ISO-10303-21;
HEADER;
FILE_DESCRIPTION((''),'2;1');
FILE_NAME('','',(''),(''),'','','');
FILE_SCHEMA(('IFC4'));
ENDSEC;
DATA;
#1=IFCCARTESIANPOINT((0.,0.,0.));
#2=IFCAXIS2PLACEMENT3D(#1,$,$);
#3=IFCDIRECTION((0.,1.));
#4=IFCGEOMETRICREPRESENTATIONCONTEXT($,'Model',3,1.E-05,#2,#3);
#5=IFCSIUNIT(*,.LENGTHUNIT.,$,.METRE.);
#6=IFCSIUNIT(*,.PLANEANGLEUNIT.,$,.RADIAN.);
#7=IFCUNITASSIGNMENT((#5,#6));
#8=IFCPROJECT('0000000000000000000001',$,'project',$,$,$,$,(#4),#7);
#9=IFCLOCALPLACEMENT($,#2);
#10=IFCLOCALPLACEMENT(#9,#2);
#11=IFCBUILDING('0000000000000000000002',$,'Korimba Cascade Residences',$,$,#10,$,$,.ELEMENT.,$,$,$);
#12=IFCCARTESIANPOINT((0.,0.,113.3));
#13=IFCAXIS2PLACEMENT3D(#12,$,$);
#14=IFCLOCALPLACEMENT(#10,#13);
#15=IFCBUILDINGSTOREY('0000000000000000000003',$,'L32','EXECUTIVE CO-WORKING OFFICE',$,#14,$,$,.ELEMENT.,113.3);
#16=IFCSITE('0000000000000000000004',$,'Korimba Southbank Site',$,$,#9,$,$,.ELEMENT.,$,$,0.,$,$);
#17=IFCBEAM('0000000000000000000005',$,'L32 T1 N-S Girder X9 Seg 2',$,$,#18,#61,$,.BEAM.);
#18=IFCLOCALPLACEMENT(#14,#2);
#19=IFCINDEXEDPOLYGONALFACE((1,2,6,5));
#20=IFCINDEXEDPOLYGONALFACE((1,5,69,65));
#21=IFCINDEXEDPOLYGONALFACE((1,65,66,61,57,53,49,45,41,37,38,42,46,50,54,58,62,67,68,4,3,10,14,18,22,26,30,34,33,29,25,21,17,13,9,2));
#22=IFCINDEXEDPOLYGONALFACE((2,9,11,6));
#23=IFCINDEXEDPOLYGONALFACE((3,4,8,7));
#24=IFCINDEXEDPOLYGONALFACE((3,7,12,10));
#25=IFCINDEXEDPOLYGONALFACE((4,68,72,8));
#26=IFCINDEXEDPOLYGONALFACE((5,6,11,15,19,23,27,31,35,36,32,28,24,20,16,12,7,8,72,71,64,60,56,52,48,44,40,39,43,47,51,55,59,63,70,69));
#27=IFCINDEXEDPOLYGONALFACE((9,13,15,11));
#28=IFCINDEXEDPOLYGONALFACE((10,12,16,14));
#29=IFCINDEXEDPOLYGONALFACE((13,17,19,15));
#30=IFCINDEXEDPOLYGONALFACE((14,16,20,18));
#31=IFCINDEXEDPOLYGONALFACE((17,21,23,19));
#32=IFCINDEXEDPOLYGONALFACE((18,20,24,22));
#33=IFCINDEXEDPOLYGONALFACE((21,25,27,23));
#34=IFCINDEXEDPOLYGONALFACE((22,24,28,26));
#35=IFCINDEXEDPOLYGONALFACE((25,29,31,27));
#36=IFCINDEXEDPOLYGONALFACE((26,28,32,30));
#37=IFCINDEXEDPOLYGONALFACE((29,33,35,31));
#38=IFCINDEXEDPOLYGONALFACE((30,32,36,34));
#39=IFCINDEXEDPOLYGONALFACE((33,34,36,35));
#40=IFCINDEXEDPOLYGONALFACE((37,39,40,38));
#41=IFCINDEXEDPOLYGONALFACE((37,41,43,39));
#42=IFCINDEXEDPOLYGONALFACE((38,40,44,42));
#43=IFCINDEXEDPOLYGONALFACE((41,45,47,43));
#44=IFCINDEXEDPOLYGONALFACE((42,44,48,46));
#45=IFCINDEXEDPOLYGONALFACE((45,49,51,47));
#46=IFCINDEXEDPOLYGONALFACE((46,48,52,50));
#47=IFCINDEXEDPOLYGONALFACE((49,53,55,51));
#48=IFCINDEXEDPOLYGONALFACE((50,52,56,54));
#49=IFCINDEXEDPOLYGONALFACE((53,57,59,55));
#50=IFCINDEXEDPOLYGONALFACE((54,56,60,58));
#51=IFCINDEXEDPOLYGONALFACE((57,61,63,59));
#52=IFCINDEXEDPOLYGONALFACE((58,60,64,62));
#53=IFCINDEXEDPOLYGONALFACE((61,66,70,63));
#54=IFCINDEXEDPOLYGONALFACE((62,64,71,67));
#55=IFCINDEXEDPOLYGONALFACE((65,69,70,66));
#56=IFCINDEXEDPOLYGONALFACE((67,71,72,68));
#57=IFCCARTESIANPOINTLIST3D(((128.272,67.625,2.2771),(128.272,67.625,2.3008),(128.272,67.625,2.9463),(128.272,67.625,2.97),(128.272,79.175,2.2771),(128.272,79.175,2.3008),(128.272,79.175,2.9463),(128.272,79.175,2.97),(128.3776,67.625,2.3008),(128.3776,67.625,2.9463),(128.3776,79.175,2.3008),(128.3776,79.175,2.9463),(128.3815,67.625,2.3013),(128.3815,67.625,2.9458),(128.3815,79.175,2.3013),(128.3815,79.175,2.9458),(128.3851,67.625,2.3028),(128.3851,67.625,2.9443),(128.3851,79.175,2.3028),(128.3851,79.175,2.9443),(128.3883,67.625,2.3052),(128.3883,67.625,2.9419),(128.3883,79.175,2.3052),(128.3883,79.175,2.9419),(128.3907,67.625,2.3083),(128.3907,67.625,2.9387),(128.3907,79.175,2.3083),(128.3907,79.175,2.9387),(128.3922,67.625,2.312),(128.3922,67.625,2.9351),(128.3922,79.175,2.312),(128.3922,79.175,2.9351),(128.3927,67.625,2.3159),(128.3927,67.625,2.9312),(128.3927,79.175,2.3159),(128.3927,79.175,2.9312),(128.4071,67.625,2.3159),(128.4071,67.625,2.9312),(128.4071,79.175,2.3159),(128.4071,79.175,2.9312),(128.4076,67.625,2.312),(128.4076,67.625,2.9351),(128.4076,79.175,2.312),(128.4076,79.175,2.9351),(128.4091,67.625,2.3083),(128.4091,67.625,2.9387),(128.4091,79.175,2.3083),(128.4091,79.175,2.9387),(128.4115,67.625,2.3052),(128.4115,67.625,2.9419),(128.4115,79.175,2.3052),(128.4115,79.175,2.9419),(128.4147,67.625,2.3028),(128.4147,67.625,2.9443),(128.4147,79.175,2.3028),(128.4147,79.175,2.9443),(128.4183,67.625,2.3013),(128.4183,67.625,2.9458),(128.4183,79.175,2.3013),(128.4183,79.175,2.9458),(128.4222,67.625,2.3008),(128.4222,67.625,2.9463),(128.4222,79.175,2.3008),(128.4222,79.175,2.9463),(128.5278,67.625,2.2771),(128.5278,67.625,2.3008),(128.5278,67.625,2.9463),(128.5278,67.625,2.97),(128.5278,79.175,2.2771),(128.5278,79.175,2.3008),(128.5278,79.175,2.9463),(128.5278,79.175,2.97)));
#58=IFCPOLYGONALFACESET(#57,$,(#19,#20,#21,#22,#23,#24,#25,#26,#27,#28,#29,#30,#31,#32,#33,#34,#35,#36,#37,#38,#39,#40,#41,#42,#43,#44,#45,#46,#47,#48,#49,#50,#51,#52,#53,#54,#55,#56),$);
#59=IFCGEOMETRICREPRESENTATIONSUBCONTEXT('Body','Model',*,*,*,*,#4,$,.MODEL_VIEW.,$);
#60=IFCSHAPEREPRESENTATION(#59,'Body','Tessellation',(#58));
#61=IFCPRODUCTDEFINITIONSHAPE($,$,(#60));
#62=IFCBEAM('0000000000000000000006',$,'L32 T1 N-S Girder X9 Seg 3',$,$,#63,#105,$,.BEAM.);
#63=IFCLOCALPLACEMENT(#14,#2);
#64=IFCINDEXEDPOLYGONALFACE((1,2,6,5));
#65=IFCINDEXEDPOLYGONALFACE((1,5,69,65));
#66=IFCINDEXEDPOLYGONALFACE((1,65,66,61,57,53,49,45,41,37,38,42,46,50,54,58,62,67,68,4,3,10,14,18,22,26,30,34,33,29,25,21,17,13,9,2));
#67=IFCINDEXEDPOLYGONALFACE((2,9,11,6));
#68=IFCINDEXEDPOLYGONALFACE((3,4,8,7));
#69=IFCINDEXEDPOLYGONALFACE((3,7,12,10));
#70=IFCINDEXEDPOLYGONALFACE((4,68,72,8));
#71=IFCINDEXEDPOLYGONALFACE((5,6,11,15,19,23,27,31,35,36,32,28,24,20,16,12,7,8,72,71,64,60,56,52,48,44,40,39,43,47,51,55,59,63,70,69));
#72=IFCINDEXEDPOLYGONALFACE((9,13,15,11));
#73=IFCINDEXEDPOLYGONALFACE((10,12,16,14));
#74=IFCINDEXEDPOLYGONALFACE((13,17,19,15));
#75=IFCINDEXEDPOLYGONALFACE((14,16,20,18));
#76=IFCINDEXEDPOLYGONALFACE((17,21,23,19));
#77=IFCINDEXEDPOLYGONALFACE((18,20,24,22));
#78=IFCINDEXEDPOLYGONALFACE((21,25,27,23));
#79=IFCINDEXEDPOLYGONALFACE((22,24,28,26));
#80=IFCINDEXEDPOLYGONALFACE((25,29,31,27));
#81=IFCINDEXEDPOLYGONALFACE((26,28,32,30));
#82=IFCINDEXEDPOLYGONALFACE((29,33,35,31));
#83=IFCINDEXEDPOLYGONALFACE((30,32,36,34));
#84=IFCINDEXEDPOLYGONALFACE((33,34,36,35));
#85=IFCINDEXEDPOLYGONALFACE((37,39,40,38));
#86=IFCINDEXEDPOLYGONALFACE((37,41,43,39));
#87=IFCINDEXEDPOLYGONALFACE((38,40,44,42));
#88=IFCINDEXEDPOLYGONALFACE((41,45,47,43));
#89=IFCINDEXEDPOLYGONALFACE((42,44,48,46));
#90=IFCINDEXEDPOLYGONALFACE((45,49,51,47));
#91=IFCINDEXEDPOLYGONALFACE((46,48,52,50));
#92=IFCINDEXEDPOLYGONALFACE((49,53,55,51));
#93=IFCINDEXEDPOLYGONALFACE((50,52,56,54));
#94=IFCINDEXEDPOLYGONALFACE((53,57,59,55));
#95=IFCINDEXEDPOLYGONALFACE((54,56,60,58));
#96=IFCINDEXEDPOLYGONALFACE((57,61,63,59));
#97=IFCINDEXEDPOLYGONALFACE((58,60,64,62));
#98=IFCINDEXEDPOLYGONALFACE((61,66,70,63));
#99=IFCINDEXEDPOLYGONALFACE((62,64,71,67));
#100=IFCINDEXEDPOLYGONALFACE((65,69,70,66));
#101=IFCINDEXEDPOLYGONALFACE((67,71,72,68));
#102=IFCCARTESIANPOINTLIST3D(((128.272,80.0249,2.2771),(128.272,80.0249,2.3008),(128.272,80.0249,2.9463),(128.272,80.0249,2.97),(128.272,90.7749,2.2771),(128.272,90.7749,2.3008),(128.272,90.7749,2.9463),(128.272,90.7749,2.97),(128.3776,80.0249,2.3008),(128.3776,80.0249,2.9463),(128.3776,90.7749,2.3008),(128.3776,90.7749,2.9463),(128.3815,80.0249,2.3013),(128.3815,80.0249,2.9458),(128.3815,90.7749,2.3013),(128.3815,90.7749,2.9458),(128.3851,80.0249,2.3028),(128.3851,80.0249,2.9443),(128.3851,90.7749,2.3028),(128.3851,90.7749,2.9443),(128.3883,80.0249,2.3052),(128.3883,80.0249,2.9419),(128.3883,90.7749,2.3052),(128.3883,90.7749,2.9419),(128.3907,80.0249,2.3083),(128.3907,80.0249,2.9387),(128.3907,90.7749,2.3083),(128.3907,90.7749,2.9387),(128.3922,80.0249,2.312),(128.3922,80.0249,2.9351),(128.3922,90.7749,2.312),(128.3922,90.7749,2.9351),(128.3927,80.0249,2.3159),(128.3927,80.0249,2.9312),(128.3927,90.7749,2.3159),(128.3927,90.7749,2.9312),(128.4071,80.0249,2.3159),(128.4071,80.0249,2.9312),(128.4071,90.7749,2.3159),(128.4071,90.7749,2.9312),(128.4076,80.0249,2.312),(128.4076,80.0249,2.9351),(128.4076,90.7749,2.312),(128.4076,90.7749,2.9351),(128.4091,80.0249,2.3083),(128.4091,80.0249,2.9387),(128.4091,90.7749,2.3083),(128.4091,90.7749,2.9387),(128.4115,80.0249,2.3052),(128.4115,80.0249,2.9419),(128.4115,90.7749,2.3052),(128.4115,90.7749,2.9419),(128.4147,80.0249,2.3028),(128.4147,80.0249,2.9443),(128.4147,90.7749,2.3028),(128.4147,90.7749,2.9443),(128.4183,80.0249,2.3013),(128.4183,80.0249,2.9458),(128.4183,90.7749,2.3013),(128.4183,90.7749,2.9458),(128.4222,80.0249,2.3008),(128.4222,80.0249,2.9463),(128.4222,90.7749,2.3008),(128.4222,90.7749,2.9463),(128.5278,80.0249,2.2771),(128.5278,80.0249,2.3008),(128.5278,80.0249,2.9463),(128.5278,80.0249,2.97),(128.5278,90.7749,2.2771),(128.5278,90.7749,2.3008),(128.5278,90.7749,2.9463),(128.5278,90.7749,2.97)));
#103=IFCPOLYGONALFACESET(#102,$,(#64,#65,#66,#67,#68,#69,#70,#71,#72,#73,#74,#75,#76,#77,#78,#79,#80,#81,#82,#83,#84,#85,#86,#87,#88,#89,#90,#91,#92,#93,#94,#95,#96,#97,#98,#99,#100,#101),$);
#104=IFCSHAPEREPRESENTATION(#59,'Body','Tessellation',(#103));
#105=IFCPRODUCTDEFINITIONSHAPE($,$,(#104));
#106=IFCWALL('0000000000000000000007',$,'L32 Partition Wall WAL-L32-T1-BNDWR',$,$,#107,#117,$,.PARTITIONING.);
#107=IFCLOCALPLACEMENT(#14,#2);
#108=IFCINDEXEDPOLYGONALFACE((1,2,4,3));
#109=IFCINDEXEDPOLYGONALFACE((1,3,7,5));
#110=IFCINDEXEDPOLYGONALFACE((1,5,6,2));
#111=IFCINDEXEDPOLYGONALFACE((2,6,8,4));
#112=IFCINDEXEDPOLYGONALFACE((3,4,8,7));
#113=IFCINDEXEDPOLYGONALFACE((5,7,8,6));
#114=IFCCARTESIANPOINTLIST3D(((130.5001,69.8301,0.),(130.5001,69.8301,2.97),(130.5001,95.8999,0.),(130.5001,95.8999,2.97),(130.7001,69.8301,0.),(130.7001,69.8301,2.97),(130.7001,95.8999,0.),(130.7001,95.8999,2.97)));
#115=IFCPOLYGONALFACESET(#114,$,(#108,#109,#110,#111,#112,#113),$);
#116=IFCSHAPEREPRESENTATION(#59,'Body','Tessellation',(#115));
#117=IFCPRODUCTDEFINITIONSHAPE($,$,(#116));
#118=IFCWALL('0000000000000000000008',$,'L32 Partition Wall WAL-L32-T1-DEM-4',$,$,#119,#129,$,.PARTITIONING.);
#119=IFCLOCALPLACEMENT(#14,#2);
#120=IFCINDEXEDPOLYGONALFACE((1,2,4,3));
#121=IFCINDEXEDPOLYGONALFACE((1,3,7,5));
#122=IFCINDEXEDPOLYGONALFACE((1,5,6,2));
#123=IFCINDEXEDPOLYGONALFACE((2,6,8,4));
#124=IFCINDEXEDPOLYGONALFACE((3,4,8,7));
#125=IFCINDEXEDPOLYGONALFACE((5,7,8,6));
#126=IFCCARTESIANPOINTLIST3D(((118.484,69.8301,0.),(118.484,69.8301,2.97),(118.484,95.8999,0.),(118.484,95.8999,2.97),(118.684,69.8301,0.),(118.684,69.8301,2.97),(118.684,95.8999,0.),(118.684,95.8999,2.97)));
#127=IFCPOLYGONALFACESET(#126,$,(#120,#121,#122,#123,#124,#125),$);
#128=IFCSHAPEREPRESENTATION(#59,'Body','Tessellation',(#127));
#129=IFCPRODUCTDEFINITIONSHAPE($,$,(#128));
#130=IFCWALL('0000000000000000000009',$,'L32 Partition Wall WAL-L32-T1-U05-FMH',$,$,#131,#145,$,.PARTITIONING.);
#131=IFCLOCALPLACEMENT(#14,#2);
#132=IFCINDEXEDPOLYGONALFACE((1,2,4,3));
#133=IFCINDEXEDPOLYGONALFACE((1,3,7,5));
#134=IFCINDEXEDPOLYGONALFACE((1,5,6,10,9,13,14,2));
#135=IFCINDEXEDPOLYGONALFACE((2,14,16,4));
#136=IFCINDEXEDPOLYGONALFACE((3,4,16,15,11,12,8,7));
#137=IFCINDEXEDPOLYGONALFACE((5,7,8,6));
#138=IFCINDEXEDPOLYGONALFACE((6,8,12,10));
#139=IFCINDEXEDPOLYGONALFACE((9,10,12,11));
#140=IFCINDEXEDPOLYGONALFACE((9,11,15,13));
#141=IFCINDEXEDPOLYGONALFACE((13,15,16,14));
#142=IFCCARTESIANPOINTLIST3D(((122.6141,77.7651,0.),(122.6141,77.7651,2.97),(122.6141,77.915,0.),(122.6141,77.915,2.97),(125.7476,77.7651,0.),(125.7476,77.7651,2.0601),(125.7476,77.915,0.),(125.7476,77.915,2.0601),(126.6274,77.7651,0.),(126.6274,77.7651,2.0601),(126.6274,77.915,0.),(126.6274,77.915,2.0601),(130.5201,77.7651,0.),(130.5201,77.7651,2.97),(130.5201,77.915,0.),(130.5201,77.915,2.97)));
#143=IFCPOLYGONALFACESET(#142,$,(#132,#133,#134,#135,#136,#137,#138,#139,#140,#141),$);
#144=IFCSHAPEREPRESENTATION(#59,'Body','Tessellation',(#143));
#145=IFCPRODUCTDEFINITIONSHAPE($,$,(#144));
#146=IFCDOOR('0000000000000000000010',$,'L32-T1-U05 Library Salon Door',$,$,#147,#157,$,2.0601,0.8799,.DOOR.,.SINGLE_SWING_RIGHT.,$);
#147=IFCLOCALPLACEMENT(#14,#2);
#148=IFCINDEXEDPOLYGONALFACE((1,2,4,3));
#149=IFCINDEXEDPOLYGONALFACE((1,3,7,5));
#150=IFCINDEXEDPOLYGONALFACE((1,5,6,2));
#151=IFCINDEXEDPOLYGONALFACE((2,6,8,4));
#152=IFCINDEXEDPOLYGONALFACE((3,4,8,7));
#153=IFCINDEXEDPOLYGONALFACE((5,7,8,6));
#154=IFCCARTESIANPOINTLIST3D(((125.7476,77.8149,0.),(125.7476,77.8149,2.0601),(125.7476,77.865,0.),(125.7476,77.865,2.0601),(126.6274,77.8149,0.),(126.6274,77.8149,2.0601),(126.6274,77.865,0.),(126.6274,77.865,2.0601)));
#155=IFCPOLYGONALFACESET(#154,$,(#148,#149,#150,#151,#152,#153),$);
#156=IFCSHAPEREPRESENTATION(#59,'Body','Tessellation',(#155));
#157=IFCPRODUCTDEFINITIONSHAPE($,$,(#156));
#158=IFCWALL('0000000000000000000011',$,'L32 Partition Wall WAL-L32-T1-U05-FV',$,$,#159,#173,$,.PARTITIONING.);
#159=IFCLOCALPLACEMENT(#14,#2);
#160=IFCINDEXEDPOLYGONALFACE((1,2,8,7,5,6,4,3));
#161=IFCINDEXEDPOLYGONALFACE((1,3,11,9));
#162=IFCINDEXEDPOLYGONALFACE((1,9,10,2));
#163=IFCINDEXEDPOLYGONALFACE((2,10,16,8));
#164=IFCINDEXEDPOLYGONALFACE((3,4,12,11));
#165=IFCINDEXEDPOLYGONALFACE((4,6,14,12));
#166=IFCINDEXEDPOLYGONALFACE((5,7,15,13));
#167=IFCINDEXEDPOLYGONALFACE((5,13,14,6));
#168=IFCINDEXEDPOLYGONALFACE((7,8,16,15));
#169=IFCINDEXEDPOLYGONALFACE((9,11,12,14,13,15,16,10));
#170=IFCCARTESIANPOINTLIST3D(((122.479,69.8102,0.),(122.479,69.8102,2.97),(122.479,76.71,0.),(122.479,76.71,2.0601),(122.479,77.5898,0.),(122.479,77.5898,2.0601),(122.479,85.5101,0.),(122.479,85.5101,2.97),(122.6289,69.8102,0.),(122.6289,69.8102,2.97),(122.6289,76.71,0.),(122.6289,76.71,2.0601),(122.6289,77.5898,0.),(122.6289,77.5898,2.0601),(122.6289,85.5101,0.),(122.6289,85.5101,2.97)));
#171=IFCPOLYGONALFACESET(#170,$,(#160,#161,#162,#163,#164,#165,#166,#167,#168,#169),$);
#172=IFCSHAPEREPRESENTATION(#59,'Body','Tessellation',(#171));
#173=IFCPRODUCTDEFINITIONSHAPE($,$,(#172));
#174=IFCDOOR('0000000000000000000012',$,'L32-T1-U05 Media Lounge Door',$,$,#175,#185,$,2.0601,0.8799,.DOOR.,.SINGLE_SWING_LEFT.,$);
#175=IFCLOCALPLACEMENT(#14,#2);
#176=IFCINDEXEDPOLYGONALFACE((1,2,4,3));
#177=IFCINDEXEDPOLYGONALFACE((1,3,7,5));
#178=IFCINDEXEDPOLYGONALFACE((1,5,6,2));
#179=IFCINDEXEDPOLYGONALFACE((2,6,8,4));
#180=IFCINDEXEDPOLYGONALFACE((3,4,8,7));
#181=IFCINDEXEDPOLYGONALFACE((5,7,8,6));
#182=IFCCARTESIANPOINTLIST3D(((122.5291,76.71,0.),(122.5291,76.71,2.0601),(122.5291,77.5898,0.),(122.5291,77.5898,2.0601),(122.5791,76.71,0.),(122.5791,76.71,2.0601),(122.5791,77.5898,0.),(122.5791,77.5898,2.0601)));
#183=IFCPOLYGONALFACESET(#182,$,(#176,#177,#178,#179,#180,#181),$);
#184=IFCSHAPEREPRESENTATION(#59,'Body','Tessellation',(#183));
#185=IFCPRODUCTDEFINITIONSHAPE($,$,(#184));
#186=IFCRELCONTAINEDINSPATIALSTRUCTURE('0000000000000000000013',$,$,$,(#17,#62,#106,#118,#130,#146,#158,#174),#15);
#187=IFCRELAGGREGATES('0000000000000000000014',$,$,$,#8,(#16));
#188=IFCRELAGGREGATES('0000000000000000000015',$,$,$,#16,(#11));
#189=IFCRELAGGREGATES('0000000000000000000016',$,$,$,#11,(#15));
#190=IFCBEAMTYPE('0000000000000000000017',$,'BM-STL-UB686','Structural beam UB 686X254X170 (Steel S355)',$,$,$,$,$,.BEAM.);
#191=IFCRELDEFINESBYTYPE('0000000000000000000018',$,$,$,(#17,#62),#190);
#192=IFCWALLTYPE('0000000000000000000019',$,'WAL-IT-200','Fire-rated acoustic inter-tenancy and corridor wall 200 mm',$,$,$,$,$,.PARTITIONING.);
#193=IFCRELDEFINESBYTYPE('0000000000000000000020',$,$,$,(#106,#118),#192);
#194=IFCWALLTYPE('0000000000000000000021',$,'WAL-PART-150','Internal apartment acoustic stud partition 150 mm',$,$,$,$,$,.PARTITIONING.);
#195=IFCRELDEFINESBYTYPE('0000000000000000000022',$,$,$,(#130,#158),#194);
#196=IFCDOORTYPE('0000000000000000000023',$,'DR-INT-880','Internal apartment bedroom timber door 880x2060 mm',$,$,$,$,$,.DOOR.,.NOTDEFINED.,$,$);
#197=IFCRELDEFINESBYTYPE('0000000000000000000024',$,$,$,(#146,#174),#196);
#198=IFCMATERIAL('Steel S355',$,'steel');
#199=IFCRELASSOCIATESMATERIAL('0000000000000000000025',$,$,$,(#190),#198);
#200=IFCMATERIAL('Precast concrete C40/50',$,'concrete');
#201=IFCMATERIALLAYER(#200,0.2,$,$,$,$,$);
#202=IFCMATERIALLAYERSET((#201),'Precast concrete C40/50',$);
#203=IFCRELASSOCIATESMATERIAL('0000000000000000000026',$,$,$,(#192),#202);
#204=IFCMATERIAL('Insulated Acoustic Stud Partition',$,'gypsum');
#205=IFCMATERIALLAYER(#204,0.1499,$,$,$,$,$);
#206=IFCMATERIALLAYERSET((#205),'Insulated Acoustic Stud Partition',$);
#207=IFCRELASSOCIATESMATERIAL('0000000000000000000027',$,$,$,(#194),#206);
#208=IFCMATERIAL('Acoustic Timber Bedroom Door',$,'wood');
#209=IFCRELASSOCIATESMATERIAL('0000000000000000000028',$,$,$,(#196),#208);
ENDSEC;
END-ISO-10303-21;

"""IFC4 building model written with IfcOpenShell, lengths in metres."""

from ifc_helpers import new_model, si_unit, direction, frame, frame_2d, origin, origin_2d, place, context, subcontext, project, spatial, rectangle, i_section, extrude, material, layer, layer_set, material_profile, profile_set, type_object, element, fill, save


model = new_model("IFC4")

# Units and contexts
model_context = context("Model", 3, precision=1e-05, world=origin(), true_north=direction((0.0, 1.0)))
body_context = subcontext(model_context, "Body", "Model", "MODEL_VIEW")
ifc_project = project(units=[si_unit("LENGTHUNIT", "METRE"), si_unit("PLANEANGLEUNIT", "RADIAN")], contexts=[model_context])

# Site, building, storey
site_placement = place(None, origin())
site = spatial("IfcSite", under=ifc_project, at=site_placement, Name="Korimba Southbank Site", CompositionType="ELEMENT", RefElevation=0.0)
building_placement = place(site_placement, origin())
building = spatial("IfcBuilding", under=site, at=building_placement, Name="Korimba Cascade Residences", CompositionType="ELEMENT")
storey_placement = place(building_placement, frame((0.0, 0.0, 113.3)))
storey = spatial("IfcBuildingStorey", under=building, at=storey_placement, Name="L32", Description="EXECUTIVE CO-WORKING OFFICE", CompositionType="ELEMENT", Elevation=113.3)

# Beams
ifc_material_1 = material(Name="Steel S355", Category="steel")
ifc_material_profile_1 = material_profile(ifc_material_1, i_section(OverallWidth=0.2559, OverallDepth=0.6929, WebThickness=0.0144, FlangeThickness=0.0237, FilletRadius=0.0151, at=origin_2d()), Name="Steel S355")
ifc_profile_set_1 = profile_set([ifc_material_profile_1], Name="Steel S355")
beam_type_1 = type_object("IfcBeamType", Name="BM-STL-UB686", Description="Structural beam UB 686X254X170 (Steel S355)", PredefinedType="BEAM", material=ifc_profile_set_1)
beam_1_placement = place(storey_placement, frame((128.3999, 67.625, 2.6235), z_axis=(0.0, 1.0, 0.0), x_axis=(-1.0, 0.0, 0.0)))
element("IfcBeam", 1, at=beam_1_placement, inside=storey, type_object=beam_type_1, Name="L32 T1 N-S Girder X9 Seg 2", PredefinedType="BEAM", context=body_context, shape_type="SweptSolid", body=[
    extrude(i_section(OverallWidth=0.2559, OverallDepth=0.6929, WebThickness=0.0144, FlangeThickness=0.0237, FilletRadius=0.0151, at=origin_2d()), origin(), (0.0, 0.0, 1.0), 11.55),
])
beam_2_placement = place(storey_placement, frame((128.3999, 80.0249, 2.6235), z_axis=(0.0, 1.0, 0.0), x_axis=(-1.0, 0.0, 0.0)))
element("IfcBeam", 2, at=beam_2_placement, inside=storey, type_object=beam_type_1, Name="L32 T1 N-S Girder X9 Seg 3", PredefinedType="BEAM", context=body_context, shape_type="SweptSolid", body=[
    extrude(i_section(OverallWidth=0.2559, OverallDepth=0.6929, WebThickness=0.0144, FlangeThickness=0.0237, FilletRadius=0.0151, at=origin_2d()), origin(), (0.0, 0.0, 1.0), 10.75),
])

# Walls
ifc_material_2 = material(Name="Precast concrete C40/50", Category="concrete")
ifc_layer_1 = layer(ifc_material_2, 0.2)
ifc_layer_set_1 = layer_set([ifc_layer_1], Name="Precast concrete C40/50")
wall_type_1 = type_object("IfcWallType", Name="WAL-IT-200", Description="Fire-rated acoustic inter-tenancy and corridor wall 200 mm", PredefinedType="PARTITIONING", material=ifc_layer_set_1)
for number, where, z_axis, x_axis, name in (
    (3, (130.6001, 69.8301, 0.0), (0.0, 0.0, 1.0), (0.0, 1.0, 0.0), "L32 Partition Wall WAL-L32-T1-BNDWR"),
    (4, (118.584, 69.8301, 0.0), (0.0, 0.0, 1.0), (0.0, 1.0, 0.0), "L32 Partition Wall WAL-L32-T1-DEM-4"),
):
    element("IfcWall", number, at=place(storey_placement, frame(where, z_axis=z_axis, x_axis=x_axis)), inside=storey, type_object=wall_type_1, Name=name, PredefinedType="PARTITIONING", context=body_context, shape_type="SweptSolid", body=[
        extrude(rectangle(XDim=26.0698, YDim=0.2, at=frame_2d((13.0349, 0.0))), origin(), (0.0, 0.0, 1.0), 2.97),
    ])

# Walls, openings, doors
ifc_material_3 = material(Name="Insulated Acoustic Stud Partition", Category="gypsum")
ifc_layer_2 = layer(ifc_material_3, 0.1499)
ifc_layer_set_2 = layer_set([ifc_layer_2], Name="Insulated Acoustic Stud Partition")
wall_type_2 = type_object("IfcWallType", Name="WAL-PART-150", Description="Internal apartment acoustic stud partition 150 mm", PredefinedType="PARTITIONING", material=ifc_layer_set_2)
wall_1_placement = place(storey_placement, frame((122.614, 77.8401, 0.0), z_axis=(0.0, 0.0, 1.0), x_axis=(1.0, 0.0, 0.0)))
wall_1 = element("IfcWall", 5, at=wall_1_placement, inside=storey, type_object=wall_type_2, Name="L32 Partition Wall WAL-L32-T1-U05-FMH", PredefinedType="PARTITIONING", context=body_context, shape_type="SweptSolid", body=[
    extrude(rectangle(XDim=7.906, YDim=0.1499, at=frame_2d((3.9531, 0.0))), origin(), (0.0, 0.0, 1.0), 2.97),
])
opening_1_placement = place(wall_1_placement, frame((3.1335, 0.0, 0.0)))
opening_1 = element("IfcOpeningElement", 6, at=opening_1_placement, cuts=wall_1, PredefinedType="OPENING", context=body_context, shape_type="SweptSolid", body=[
    extrude(rectangle(XDim=0.8799, YDim=2.0601, at=frame_2d((0.4399, 1.03))), frame((0.0, 0.085, 0.0), z_axis=(0.0, -1.0, 0.0), x_axis=(1.0, 0.0, 0.0)), (0.0, 0.0, 1.0), 0.1699),
])
ifc_material_4 = material(Name="Acoustic Timber Bedroom Door", Category="wood")
door_type_1 = type_object("IfcDoorType", Name="DR-INT-880", Description="Internal apartment bedroom timber door 880x2060 mm", OperationType="NOTDEFINED", PredefinedType="DOOR", material=ifc_material_4)
door_1_placement = place(opening_1_placement, origin())
door_1 = element("IfcDoor", 7, at=door_1_placement, inside=storey, type_object=door_type_1, Name="L32-T1-U05 Library Salon Door", OperationType="SINGLE_SWING_RIGHT", OverallHeight=2.0601, OverallWidth=0.8799, PredefinedType="DOOR", context=body_context, shape_type="SweptSolid", body=[
    extrude(rectangle(XDim=0.8799, YDim=2.0601, at=frame_2d((0.4399, 1.03))), frame((0.0, 0.0249, 0.0), z_axis=(0.0, -1.0, 0.0), x_axis=(1.0, 0.0, 0.0)), (0.0, 0.0, 1.0), 0.05),
])
fill(opening_1, door_1)
wall_2_placement = place(storey_placement, frame((122.554, 69.8101, 0.0), z_axis=(0.0, 0.0, 1.0), x_axis=(0.0, 1.0, 0.0)))
wall_2 = element("IfcWall", 8, at=wall_2_placement, inside=storey, type_object=wall_type_2, Name="L32 Partition Wall WAL-L32-T1-U05-FV", PredefinedType="PARTITIONING", context=body_context, shape_type="SweptSolid", body=[
    extrude(rectangle(XDim=15.7, YDim=0.1499, at=frame_2d((7.8501, 0.0))), origin(), (0.0, 0.0, 1.0), 2.97),
])
opening_2_placement = place(wall_2_placement, frame((6.8999, 0.0, 0.0)))
opening_2 = element("IfcOpeningElement", 9, at=opening_2_placement, cuts=wall_2, PredefinedType="OPENING", context=body_context, shape_type="SweptSolid", body=[
    extrude(rectangle(XDim=0.8799, YDim=2.0601, at=frame_2d((0.4399, 1.03))), frame((0.0, 0.085, 0.0), z_axis=(0.0, -1.0, 0.0), x_axis=(1.0, 0.0, 0.0)), (0.0, 0.0, 1.0), 0.1699),
])
door_2_placement = place(opening_2_placement, origin())
door_2 = element("IfcDoor", 10, at=door_2_placement, inside=storey, type_object=door_type_1, Name="L32-T1-U05 Media Lounge Door", OperationType="SINGLE_SWING_LEFT", OverallHeight=2.0601, OverallWidth=0.8799, PredefinedType="DOOR", context=body_context, shape_type="SweptSolid", body=[
    extrude(rectangle(XDim=0.8799, YDim=2.0601, at=frame_2d((0.4399, 1.03))), frame((0.0, 0.0249, 0.0), z_axis=(0.0, -1.0, 0.0), x_axis=(1.0, 0.0, 0.0)), (0.0, 0.0, 1.0), 0.05),
])
fill(opening_2, door_2)

save(model, "model.ifc")
